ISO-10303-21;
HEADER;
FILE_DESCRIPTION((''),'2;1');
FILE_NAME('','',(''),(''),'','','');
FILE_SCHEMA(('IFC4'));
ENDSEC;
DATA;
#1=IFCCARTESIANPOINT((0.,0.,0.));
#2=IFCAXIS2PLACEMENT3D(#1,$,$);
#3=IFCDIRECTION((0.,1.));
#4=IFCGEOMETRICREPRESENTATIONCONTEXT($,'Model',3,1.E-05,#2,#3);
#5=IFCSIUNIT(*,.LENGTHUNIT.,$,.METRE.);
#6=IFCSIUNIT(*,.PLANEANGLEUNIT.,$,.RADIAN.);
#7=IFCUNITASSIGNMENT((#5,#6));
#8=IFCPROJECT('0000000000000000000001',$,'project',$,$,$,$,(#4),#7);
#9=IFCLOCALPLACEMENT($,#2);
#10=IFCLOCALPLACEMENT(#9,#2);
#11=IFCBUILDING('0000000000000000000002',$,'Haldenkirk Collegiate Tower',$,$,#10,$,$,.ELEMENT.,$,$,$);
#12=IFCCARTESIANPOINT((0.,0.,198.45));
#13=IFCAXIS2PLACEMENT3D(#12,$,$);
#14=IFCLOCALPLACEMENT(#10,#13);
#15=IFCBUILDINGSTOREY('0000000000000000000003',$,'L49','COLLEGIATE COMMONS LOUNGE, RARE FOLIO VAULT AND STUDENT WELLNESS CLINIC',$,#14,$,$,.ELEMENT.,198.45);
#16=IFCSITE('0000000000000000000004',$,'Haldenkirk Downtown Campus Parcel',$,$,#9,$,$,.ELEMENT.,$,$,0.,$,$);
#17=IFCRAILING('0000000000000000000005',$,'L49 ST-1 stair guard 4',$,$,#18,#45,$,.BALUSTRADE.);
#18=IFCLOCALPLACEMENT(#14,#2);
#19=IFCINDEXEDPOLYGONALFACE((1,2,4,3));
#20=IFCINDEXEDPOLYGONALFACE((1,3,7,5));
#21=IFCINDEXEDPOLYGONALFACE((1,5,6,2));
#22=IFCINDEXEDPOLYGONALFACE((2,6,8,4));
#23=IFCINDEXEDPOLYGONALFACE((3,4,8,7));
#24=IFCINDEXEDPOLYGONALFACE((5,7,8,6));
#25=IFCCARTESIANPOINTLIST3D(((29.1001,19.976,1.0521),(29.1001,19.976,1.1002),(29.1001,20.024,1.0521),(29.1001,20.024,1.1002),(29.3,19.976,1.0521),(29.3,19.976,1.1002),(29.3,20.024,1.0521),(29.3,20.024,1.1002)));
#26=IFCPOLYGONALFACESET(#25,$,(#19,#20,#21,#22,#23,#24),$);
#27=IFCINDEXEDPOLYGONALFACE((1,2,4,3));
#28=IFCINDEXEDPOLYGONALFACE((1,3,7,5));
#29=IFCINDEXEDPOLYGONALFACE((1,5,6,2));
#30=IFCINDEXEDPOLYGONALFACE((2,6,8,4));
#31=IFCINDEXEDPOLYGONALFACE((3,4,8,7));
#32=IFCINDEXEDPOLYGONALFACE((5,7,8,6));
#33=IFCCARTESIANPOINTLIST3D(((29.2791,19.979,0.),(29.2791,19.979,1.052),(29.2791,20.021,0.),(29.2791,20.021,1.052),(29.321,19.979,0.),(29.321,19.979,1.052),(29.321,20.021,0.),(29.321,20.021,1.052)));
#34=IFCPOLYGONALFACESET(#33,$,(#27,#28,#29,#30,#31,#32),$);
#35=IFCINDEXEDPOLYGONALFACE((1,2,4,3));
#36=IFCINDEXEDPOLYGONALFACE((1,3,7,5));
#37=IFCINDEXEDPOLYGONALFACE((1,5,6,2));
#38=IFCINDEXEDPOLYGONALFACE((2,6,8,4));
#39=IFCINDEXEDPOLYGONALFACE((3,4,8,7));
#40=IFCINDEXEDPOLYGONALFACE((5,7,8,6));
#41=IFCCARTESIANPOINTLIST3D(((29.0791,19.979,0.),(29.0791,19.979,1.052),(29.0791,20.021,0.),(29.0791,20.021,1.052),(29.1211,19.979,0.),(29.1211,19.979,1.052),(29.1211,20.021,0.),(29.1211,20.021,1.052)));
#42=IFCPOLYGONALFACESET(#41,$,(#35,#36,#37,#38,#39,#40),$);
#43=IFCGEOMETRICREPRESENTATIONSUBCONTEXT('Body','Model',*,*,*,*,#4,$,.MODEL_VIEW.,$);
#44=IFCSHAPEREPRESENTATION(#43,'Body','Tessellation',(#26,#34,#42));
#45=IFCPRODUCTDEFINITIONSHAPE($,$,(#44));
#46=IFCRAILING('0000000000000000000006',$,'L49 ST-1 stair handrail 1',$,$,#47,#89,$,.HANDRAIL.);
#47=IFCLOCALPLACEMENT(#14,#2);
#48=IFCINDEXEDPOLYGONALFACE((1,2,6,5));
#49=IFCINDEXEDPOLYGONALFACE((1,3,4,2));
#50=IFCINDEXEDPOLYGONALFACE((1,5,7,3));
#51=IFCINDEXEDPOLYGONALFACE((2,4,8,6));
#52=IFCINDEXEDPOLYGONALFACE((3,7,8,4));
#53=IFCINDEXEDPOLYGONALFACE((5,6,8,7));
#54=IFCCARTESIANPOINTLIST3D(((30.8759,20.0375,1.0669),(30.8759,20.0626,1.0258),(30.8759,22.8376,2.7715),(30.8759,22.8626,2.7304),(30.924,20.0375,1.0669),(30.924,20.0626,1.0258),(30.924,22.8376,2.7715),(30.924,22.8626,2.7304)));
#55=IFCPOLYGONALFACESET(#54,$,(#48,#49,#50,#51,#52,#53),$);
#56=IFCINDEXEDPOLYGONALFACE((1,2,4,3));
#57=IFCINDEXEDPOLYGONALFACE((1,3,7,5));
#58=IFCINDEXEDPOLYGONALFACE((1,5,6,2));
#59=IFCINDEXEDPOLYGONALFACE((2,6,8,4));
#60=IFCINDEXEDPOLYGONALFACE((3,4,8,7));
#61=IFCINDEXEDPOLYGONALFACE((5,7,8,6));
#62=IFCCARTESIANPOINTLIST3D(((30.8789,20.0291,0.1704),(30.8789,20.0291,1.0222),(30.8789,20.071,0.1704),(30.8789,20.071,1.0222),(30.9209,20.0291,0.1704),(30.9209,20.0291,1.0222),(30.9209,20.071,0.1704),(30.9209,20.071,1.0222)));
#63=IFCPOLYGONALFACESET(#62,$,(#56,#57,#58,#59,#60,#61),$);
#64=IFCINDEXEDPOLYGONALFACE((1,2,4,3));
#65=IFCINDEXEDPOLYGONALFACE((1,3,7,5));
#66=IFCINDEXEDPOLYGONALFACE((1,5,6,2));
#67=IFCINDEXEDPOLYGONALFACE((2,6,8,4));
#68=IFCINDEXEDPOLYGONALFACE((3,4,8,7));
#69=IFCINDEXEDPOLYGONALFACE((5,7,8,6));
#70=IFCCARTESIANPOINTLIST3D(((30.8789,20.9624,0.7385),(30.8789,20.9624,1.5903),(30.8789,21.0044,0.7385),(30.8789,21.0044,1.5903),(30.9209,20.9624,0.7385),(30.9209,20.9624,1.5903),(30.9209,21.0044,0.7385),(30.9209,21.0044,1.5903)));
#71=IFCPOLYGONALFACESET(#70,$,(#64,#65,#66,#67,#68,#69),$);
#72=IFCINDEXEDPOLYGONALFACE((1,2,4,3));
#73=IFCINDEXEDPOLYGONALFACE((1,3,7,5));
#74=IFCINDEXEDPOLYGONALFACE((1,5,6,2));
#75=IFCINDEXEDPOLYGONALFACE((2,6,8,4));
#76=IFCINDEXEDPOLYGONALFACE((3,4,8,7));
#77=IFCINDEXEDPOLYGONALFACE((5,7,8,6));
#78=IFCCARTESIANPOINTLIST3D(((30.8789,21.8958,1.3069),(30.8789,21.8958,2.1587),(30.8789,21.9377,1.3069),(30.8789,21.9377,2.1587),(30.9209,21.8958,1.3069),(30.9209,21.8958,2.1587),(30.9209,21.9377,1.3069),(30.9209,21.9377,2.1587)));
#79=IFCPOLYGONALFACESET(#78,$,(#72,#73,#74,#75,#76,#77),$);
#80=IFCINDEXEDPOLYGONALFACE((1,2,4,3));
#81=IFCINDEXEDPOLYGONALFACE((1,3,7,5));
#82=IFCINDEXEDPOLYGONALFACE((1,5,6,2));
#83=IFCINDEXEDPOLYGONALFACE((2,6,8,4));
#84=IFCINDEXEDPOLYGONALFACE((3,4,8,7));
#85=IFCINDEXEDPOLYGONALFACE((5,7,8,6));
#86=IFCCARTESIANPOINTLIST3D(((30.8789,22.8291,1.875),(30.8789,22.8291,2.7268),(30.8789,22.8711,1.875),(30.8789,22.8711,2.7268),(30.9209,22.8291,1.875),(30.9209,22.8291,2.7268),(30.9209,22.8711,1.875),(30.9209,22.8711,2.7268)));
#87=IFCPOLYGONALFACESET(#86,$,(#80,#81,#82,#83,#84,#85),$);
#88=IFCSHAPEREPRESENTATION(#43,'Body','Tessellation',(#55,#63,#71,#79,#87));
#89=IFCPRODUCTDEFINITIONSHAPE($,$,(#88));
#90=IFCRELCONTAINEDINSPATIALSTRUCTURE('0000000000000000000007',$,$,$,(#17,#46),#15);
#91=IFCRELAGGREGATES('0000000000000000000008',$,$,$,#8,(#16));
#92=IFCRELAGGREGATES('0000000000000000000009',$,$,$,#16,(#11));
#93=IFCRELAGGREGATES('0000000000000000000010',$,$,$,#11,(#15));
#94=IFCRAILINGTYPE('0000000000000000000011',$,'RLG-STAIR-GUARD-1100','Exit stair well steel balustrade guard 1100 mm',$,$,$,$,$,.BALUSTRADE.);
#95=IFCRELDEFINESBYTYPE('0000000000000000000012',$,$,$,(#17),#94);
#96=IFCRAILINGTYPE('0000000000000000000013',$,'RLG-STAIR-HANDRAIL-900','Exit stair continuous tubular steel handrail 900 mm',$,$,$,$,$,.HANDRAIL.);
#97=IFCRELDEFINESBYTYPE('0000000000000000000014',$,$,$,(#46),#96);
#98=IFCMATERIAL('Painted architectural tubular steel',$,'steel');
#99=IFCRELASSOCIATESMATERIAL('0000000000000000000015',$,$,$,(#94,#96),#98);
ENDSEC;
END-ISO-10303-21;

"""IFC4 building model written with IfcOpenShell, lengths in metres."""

from ifc_helpers import new_model, si_unit, direction, frame, origin, origin_2d, place, context, subcontext, project, spatial, rectangle, extrude, material, type_object, element, save


model = new_model("IFC4")

# Units and contexts
model_context = context("Model", 3, precision=1e-05, world=origin(), true_north=direction((0.0, 1.0)))
body_context = subcontext(model_context, "Body", "Model", "MODEL_VIEW")
ifc_project = project(units=[si_unit("LENGTHUNIT", "METRE"), si_unit("PLANEANGLEUNIT", "RADIAN")], contexts=[model_context])

# Site, building, storey
site_placement = place(None, origin())
site = spatial("IfcSite", under=ifc_project, at=site_placement, Name="Haldenkirk Downtown Campus Parcel", CompositionType="ELEMENT", RefElevation=0.0)
building_placement = place(site_placement, origin())
building = spatial("IfcBuilding", under=site, at=building_placement, Name="Haldenkirk Collegiate Tower", CompositionType="ELEMENT")
storey_placement = place(building_placement, frame((0.0, 0.0, 198.45)))
storey = spatial("IfcBuildingStorey", under=building, at=storey_placement, Name="L49", Description="COLLEGIATE COMMONS LOUNGE, RARE FOLIO VAULT AND STUDENT WELLNESS CLINIC", CompositionType="ELEMENT", Elevation=198.45)

# Railings
ifc_material_1 = material(Name="Painted architectural tubular steel", Category="steel")
railing_type_1 = type_object("IfcRailingType", Name="RLG-STAIR-GUARD-1100", Description="Exit stair well steel balustrade guard 1100 mm", PredefinedType="BALUSTRADE", material=ifc_material_1)
railing_1_placement = place(storey_placement, frame((29.3, 20.0, 0.0)))
element("IfcRailing", 1, at=railing_1_placement, inside=storey, type_object=railing_type_1, Name="L49 ST-1 stair guard 4", PredefinedType="BALUSTRADE", context=body_context, shape_type="SweptSolid", body=[
    extrude(rectangle(XDim=0.0481, YDim=0.0481, at=origin_2d()), frame((0.0, 0.0, 1.0762), z_axis=(-1.0, 0.0, 0.0), x_axis=(0.0, -1.0, 0.0)), (0.0, 0.0, 1.0), 0.2),
    extrude(rectangle(XDim=0.042, YDim=0.042, at=origin_2d()), origin(), (0.0, 0.0, 1.0), 1.052),
    extrude(rectangle(XDim=0.042, YDim=0.042, at=origin_2d()), frame((-0.2, 0.0, 0.0)), (0.0, 0.0, 1.0), 1.052),
])
railing_type_2 = type_object("IfcRailingType", Name="RLG-STAIR-HANDRAIL-900", Description="Exit stair continuous tubular steel handrail 900 mm", PredefinedType="HANDRAIL", material=ifc_material_1)
railing_2_placement = place(storey_placement, frame((30.8999, 20.05, 0.1704)))
element("IfcRailing", 2, at=railing_2_placement, inside=storey, type_object=railing_type_2, Name="L49 ST-1 stair handrail 1", PredefinedType="HANDRAIL", context=body_context, shape_type="SweptSolid", body=[
    extrude(rectangle(XDim=0.0481, YDim=0.0481, at=origin_2d()), frame((0.0, 0.0, 0.876), z_axis=(0.0, 0.85417, 0.519994), x_axis=(-1.0, 0.0, 0.0)), (0.0, 0.0, 1.0), 3.2781),
    extrude(rectangle(XDim=0.042, YDim=0.042, at=origin_2d()), origin(), (0.0, 0.0, 1.0), 0.8518),
    extrude(rectangle(XDim=0.042, YDim=0.042, at=origin_2d()), frame((0.0, 0.9333, 0.5681)), (0.0, 0.0, 1.0), 0.8518),
    extrude(rectangle(XDim=0.042, YDim=0.042, at=origin_2d()), frame((0.0, 1.8667, 1.1365)), (0.0, 0.0, 1.0), 0.8518),
    extrude(rectangle(XDim=0.042, YDim=0.042, at=origin_2d()), frame((0.0, 2.8, 1.7046)), (0.0, 0.0, 1.0), 0.8518),
])

save(model, "model.ifc")
